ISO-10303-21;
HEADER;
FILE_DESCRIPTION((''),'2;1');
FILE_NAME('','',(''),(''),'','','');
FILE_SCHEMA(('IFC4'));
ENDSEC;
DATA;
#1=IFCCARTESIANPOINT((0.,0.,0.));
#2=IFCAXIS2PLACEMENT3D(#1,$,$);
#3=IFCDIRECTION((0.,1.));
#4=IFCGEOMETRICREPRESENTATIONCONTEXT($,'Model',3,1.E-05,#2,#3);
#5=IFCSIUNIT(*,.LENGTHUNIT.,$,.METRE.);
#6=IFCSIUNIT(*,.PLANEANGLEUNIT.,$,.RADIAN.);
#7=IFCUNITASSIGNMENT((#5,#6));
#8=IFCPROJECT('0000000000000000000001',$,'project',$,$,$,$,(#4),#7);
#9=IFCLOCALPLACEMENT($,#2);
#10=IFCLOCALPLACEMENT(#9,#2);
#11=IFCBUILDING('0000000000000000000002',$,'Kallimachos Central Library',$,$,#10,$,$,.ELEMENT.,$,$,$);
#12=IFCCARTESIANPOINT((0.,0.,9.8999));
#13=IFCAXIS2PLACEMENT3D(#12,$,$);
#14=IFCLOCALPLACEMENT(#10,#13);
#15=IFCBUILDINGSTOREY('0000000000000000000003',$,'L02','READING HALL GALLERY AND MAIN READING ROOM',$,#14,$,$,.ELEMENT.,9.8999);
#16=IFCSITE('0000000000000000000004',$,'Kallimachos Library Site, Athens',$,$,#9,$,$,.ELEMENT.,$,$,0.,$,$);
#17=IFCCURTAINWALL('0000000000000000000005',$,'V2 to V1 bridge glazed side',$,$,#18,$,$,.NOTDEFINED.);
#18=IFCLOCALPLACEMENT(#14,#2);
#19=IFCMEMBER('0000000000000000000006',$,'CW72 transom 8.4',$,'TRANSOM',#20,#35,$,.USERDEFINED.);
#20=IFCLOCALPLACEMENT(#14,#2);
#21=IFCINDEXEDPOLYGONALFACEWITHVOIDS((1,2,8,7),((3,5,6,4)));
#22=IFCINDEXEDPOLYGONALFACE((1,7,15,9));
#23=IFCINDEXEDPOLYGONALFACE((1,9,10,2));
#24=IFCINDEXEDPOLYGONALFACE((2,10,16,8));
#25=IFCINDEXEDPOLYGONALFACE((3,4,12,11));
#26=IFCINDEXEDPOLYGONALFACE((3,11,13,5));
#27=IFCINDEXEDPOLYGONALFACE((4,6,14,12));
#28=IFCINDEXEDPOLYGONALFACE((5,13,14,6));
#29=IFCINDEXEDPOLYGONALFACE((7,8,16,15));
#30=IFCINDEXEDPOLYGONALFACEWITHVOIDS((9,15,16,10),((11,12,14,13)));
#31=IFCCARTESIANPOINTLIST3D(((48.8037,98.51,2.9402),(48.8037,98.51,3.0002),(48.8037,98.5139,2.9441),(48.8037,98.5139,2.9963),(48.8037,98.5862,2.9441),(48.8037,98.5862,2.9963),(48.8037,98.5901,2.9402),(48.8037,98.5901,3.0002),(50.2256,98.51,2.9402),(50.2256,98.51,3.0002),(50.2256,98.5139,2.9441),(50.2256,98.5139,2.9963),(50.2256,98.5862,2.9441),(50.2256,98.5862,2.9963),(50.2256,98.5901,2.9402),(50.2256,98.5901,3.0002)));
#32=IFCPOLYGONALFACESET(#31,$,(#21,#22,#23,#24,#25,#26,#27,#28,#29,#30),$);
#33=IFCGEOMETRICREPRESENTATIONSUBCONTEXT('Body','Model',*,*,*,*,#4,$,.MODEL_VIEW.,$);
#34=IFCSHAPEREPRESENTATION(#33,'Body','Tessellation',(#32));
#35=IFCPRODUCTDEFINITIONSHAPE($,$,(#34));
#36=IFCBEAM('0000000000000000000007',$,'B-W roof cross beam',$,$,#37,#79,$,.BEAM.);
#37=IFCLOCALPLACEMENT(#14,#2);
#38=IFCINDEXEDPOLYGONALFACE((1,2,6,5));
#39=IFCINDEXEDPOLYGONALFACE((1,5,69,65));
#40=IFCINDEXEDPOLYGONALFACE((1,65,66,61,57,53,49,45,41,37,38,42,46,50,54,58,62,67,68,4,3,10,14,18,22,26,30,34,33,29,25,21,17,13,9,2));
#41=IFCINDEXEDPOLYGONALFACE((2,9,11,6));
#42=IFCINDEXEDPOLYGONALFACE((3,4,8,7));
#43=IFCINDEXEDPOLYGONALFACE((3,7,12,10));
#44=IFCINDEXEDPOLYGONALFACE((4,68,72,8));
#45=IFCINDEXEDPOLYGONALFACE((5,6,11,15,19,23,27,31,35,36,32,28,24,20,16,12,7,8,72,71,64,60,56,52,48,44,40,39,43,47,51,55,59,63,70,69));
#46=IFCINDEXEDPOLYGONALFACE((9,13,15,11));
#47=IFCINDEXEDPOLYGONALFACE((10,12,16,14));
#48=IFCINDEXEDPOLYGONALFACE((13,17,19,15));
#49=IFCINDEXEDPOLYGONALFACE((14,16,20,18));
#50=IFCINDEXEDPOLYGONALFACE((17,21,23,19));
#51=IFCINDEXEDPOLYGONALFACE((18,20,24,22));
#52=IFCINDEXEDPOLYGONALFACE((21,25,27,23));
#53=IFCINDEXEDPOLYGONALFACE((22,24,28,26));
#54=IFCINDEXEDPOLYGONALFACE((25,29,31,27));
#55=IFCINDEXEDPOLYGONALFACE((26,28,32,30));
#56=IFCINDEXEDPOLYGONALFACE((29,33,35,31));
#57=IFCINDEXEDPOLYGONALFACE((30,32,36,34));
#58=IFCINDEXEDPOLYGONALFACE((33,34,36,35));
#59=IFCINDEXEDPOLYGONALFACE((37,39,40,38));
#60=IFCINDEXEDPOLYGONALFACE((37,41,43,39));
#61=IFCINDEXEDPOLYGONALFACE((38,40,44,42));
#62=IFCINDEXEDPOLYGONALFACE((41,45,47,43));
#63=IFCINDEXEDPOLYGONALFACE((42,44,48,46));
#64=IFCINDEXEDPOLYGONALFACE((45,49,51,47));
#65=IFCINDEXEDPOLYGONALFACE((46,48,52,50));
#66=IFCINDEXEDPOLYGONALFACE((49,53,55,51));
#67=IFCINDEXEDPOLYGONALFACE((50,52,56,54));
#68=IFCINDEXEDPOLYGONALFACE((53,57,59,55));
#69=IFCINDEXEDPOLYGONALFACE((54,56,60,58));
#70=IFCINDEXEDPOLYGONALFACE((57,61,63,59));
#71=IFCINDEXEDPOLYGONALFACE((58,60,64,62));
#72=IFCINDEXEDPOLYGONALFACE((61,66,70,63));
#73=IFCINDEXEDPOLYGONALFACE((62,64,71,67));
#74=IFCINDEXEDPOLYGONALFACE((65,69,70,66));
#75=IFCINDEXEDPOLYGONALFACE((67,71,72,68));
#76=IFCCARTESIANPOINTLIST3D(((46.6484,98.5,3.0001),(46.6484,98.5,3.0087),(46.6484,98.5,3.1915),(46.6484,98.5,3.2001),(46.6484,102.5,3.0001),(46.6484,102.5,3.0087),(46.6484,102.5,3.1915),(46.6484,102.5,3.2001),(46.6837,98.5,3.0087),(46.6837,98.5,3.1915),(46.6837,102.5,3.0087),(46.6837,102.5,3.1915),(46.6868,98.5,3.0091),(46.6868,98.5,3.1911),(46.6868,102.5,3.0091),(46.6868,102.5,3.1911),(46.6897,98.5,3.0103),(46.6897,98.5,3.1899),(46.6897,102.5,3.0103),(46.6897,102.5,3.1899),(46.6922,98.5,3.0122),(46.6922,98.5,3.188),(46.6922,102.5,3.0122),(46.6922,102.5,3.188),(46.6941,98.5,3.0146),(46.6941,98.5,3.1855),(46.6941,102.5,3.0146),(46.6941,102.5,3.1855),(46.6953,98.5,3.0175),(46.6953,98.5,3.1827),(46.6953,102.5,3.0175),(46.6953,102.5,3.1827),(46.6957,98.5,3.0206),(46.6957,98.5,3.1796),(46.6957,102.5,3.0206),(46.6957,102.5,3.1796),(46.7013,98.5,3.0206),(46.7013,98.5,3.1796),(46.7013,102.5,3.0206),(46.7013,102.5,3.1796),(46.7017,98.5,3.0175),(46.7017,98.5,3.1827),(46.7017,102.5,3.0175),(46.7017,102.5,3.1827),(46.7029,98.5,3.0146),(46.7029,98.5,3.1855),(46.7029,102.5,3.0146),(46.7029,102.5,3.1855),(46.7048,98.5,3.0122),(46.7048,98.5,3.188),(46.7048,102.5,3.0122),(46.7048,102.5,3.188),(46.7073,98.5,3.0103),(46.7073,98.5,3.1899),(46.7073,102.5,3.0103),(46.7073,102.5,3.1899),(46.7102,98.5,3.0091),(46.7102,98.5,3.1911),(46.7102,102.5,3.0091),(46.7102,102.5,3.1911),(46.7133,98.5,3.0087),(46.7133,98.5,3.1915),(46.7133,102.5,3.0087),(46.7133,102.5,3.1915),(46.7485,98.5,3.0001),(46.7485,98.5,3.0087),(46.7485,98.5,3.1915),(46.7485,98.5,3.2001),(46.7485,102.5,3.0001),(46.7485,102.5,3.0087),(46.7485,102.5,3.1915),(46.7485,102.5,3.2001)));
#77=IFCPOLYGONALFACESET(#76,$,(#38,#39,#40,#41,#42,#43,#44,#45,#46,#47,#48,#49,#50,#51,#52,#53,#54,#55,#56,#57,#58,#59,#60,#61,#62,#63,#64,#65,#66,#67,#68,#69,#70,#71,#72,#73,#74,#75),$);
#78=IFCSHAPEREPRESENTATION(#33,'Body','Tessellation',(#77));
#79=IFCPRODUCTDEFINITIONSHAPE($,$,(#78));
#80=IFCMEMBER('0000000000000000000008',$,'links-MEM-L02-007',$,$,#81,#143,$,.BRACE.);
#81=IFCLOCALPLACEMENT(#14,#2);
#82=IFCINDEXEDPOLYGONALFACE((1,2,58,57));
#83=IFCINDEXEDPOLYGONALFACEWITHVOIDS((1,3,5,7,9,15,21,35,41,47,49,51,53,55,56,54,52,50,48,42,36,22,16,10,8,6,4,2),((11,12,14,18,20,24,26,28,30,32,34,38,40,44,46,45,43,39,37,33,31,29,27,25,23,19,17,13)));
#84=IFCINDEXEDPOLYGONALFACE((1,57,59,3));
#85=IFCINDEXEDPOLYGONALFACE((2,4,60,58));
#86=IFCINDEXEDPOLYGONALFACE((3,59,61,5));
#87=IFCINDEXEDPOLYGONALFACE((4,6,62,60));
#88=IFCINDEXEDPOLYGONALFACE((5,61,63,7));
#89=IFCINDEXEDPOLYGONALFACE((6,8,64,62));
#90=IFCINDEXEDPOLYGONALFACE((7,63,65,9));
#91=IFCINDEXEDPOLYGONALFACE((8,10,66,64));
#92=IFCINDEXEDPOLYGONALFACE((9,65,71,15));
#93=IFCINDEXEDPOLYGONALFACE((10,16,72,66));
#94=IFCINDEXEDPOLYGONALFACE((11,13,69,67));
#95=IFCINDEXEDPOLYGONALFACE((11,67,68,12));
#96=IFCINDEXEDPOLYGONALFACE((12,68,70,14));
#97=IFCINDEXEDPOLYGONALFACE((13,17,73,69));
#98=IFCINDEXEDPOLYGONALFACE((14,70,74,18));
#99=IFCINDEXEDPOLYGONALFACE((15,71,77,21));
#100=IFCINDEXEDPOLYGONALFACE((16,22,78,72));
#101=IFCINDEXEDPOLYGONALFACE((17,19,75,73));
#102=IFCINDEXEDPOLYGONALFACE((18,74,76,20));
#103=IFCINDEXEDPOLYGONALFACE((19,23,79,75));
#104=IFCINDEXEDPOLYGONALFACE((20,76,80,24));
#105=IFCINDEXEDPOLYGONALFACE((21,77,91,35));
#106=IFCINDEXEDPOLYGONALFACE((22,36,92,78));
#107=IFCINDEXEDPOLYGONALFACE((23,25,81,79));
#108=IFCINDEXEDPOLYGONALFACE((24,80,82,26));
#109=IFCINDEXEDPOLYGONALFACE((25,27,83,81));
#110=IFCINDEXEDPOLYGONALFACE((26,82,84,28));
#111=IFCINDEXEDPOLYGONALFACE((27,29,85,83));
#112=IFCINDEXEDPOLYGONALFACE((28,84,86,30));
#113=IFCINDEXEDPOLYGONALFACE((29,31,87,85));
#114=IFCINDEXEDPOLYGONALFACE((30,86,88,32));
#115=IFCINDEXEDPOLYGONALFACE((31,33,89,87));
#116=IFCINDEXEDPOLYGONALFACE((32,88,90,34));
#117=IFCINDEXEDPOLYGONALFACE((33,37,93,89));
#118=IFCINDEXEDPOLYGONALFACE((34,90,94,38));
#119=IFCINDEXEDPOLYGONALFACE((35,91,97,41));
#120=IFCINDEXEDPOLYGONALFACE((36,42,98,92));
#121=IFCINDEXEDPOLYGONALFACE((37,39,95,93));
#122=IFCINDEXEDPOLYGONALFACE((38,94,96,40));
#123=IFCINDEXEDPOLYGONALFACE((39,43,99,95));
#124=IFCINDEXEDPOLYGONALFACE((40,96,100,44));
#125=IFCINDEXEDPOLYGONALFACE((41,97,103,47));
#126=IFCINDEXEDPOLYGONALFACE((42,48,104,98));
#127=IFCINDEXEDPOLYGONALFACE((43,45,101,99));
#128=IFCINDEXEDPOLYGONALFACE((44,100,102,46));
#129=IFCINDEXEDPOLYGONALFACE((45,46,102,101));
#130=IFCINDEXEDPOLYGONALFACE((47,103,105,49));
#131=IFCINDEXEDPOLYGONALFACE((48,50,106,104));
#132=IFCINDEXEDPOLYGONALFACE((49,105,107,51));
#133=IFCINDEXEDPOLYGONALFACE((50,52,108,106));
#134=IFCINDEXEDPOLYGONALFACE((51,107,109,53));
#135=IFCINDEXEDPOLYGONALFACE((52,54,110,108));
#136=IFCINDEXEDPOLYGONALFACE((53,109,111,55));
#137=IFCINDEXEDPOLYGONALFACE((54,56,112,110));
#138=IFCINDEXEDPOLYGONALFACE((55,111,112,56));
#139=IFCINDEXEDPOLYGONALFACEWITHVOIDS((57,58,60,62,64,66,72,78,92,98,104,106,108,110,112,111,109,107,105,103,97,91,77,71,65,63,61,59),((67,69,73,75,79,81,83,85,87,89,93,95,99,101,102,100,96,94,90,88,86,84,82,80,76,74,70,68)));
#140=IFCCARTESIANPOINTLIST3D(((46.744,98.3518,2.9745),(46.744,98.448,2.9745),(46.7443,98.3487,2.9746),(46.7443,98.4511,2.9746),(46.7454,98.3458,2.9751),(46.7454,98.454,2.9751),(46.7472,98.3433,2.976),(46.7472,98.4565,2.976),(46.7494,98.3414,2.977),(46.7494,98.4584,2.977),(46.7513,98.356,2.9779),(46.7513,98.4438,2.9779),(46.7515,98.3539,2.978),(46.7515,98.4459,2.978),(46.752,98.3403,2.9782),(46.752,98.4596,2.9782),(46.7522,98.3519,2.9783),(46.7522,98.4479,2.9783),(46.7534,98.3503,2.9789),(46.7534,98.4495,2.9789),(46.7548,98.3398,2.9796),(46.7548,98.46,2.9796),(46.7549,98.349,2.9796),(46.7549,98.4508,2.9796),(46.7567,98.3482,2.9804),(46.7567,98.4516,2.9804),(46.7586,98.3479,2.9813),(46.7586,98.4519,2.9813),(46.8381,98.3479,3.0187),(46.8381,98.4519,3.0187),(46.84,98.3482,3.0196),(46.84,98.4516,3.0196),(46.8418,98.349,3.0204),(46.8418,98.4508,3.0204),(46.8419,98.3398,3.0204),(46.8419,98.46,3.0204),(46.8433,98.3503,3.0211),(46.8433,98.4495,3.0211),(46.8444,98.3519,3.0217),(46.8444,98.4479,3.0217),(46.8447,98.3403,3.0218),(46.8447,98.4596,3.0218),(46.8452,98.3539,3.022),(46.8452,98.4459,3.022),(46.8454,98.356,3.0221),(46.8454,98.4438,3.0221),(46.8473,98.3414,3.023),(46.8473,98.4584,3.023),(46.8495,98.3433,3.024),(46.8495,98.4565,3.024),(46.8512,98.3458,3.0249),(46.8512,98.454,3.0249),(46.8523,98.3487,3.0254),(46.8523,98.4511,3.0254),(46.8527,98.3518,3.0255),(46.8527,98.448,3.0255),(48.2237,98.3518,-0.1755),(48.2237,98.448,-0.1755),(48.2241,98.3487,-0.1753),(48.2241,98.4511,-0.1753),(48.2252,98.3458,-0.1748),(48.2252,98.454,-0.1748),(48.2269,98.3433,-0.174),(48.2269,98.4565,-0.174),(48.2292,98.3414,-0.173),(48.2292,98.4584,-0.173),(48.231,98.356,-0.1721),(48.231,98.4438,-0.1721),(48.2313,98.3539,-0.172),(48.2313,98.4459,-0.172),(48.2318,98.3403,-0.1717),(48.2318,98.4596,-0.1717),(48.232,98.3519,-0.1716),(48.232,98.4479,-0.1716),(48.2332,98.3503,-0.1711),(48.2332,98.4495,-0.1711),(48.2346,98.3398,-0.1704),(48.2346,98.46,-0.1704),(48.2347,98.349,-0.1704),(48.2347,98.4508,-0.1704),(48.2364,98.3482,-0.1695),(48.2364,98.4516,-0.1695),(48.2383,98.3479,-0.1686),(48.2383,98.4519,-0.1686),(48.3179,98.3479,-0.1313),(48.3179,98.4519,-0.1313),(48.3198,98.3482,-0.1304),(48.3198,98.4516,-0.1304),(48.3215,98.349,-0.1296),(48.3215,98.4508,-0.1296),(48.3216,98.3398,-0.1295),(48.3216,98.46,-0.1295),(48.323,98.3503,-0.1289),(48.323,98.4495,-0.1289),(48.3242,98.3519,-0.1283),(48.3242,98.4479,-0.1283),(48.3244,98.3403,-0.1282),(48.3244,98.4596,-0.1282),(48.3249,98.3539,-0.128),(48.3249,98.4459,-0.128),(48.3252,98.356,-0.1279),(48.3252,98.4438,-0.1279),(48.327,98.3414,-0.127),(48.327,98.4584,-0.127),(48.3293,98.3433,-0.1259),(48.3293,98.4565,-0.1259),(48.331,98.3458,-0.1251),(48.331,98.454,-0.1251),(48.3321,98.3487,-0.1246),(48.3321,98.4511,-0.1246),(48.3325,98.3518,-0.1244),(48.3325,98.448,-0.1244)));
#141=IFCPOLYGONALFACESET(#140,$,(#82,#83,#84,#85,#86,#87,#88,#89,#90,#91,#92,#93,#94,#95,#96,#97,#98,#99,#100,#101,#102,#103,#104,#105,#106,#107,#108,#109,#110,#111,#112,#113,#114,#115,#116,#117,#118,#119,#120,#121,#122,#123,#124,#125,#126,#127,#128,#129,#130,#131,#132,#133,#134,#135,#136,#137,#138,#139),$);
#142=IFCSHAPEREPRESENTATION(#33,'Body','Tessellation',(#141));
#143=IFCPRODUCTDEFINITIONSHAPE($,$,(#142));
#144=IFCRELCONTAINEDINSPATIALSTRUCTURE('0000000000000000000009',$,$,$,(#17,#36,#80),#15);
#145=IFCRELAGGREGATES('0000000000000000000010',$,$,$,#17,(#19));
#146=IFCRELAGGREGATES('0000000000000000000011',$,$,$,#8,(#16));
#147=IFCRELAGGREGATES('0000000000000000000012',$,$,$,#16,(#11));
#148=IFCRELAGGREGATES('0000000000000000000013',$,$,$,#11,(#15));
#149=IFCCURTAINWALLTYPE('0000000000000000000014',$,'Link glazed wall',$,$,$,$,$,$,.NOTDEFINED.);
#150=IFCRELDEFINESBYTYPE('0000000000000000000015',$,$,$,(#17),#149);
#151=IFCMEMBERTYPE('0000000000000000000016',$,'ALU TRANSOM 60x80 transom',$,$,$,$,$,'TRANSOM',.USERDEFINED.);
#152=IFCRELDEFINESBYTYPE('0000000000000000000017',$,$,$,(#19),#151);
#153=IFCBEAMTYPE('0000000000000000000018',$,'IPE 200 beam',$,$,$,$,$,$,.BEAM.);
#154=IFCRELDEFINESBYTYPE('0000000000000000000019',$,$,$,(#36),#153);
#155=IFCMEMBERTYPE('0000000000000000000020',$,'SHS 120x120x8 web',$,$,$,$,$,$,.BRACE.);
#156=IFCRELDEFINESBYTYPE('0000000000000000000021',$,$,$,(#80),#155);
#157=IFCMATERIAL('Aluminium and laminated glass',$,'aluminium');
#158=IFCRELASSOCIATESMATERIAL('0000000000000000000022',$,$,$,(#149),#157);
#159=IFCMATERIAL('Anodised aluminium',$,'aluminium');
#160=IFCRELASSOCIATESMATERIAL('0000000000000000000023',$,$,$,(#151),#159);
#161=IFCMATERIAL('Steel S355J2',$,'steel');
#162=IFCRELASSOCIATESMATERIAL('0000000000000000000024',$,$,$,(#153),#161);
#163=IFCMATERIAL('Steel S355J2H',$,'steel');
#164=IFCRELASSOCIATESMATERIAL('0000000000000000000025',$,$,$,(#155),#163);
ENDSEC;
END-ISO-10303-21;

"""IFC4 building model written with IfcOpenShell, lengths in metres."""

from ifc_helpers import new_model, si_unit, direction, frame, origin, origin_2d, place, context, subcontext, project, spatial, hollow_rectangle, i_section, extrude, material, material_profile, profile_set, type_object, element, aggregate, save


model = new_model("IFC4")

# Units and contexts
model_context = context("Model", 3, precision=1e-05, world=origin(), true_north=direction((0.0, 1.0)))
body_context = subcontext(model_context, "Body", "Model", "MODEL_VIEW")
ifc_project = project(units=[si_unit("LENGTHUNIT", "METRE"), si_unit("PLANEANGLEUNIT", "RADIAN")], contexts=[model_context])

# Site, building, storey
site_placement = place(None, origin())
site = spatial("IfcSite", under=ifc_project, at=site_placement, Name="Kallimachos Library Site, Athens", CompositionType="ELEMENT", RefElevation=0.0)
building_placement = place(site_placement, origin())
building = spatial("IfcBuilding", under=site, at=building_placement, Name="Kallimachos Central Library", CompositionType="ELEMENT")
storey_placement = place(building_placement, frame((0.0, 0.0, 9.8999)))
storey = spatial("IfcBuildingStorey", under=building, at=storey_placement, Name="L02", Description="READING HALL GALLERY AND MAIN READING ROOM", CompositionType="ELEMENT", Elevation=9.8999)

# Curtain wall, member
ifc_material_1 = material(Name="Aluminium and laminated glass", Category="aluminium")
curtain_wall_type = type_object("IfcCurtainWallType", Name="Link glazed wall", PredefinedType="NOTDEFINED", material=ifc_material_1)
curtain_wall_placement = place(storey_placement, origin())
curtain_wall = element("IfcCurtainWall", 1, at=curtain_wall_placement, inside=storey, type_object=curtain_wall_type, Name="V2 to V1 bridge glazed side", PredefinedType="NOTDEFINED")
ifc_material_2 = material(Name="Anodised aluminium", Category="aluminium")
ifc_material_profile_1 = material_profile(ifc_material_2, hollow_rectangle(XDim=0.0601, YDim=0.0801, WallThickness=0.0039, at=origin_2d()), Name="ALU TRANSOM 60x80")
ifc_profile_set_1 = profile_set([ifc_material_profile_1], Name="Anodised aluminium")
member_type_1 = type_object("IfcMemberType", Name="ALU TRANSOM 60x80 transom", ElementType="TRANSOM", PredefinedType="USERDEFINED", material=ifc_profile_set_1)
member_1_placement = place(storey_placement, frame((48.8037, 98.55, 2.9702), z_axis=(1.0, 0.0, 0.0), x_axis=(0.0, 0.0, 1.0)))
member_1 = element("IfcMember", 2, at=member_1_placement, type_object=member_type_1, Name="CW72 transom 8.4", ObjectType="TRANSOM", PredefinedType="USERDEFINED", context=body_context, shape_type="SweptSolid", body=[
    extrude(hollow_rectangle(XDim=0.0601, YDim=0.0801, WallThickness=0.0039, at=origin_2d()), origin(), (0.0, 0.0, 1.0), 1.4219),
])

# Beam
ifc_material_3 = material(Name="Steel S355J2", Category="steel")
ifc_material_profile_2 = material_profile(ifc_material_3, i_section(OverallWidth=0.1001, OverallDepth=0.2, WebThickness=0.0056, FlangeThickness=0.0085, FilletRadius=0.012, at=origin_2d()), Name="IPE 200")
ifc_profile_set_2 = profile_set([ifc_material_profile_2], Name="Steel S355J2")
beam_type = type_object("IfcBeamType", Name="IPE 200 beam", PredefinedType="BEAM", material=ifc_profile_set_2)
beam_placement = place(storey_placement, frame((46.6985, 98.5, 3.1001), z_axis=(0.0, 1.0, 0.0), x_axis=(-1.0, 0.0, 0.0)))
element("IfcBeam", 3, at=beam_placement, inside=storey, type_object=beam_type, Name="B-W roof cross beam", PredefinedType="BEAM", context=body_context, shape_type="SweptSolid", body=[
    extrude(i_section(OverallWidth=0.1001, OverallDepth=0.2, WebThickness=0.0056, FlangeThickness=0.0085, FilletRadius=0.012, at=origin_2d()), origin(), (0.0, 0.0, 1.0), 4.0),
])

# Member
ifc_material_4 = material(Name="Steel S355J2H", Category="steel")
ifc_material_profile_3 = material_profile(ifc_material_4, hollow_rectangle(XDim=0.1201, YDim=0.1201, WallThickness=0.0081, InnerFilletRadius=0.0081, OuterFilletRadius=0.012, at=origin_2d()), Name="SHS 120x120x8")
ifc_profile_set_3 = profile_set([ifc_material_profile_3], Name="Steel S355J2H")
member_type_2 = type_object("IfcMemberType", Name="SHS 120x120x8 web", PredefinedType="BRACE", material=ifc_profile_set_3)
for number, where, z_axis, x_axis, name in (
    (4, (46.7983, 98.3999, 3.0), (0.425192, 0.0, -0.905103), (0.0, 1.0, 0.0), "links-MEM-L02-007"),
):
    element("IfcMember", number, at=place(storey_placement, frame(where, z_axis=z_axis, x_axis=x_axis)), inside=storey, type_object=member_type_2, Name=name, PredefinedType="BRACE", context=body_context, shape_type="SweptSolid", body=[
        extrude(hollow_rectangle(XDim=0.1201, YDim=0.1201, WallThickness=0.0081, InnerFilletRadius=0.0081, OuterFilletRadius=0.012, at=origin_2d()), origin(), (0.0, 0.0, 1.0), 3.4802),
    ])

aggregate(curtain_wall, [member_1])

save(model, "model.ifc")
